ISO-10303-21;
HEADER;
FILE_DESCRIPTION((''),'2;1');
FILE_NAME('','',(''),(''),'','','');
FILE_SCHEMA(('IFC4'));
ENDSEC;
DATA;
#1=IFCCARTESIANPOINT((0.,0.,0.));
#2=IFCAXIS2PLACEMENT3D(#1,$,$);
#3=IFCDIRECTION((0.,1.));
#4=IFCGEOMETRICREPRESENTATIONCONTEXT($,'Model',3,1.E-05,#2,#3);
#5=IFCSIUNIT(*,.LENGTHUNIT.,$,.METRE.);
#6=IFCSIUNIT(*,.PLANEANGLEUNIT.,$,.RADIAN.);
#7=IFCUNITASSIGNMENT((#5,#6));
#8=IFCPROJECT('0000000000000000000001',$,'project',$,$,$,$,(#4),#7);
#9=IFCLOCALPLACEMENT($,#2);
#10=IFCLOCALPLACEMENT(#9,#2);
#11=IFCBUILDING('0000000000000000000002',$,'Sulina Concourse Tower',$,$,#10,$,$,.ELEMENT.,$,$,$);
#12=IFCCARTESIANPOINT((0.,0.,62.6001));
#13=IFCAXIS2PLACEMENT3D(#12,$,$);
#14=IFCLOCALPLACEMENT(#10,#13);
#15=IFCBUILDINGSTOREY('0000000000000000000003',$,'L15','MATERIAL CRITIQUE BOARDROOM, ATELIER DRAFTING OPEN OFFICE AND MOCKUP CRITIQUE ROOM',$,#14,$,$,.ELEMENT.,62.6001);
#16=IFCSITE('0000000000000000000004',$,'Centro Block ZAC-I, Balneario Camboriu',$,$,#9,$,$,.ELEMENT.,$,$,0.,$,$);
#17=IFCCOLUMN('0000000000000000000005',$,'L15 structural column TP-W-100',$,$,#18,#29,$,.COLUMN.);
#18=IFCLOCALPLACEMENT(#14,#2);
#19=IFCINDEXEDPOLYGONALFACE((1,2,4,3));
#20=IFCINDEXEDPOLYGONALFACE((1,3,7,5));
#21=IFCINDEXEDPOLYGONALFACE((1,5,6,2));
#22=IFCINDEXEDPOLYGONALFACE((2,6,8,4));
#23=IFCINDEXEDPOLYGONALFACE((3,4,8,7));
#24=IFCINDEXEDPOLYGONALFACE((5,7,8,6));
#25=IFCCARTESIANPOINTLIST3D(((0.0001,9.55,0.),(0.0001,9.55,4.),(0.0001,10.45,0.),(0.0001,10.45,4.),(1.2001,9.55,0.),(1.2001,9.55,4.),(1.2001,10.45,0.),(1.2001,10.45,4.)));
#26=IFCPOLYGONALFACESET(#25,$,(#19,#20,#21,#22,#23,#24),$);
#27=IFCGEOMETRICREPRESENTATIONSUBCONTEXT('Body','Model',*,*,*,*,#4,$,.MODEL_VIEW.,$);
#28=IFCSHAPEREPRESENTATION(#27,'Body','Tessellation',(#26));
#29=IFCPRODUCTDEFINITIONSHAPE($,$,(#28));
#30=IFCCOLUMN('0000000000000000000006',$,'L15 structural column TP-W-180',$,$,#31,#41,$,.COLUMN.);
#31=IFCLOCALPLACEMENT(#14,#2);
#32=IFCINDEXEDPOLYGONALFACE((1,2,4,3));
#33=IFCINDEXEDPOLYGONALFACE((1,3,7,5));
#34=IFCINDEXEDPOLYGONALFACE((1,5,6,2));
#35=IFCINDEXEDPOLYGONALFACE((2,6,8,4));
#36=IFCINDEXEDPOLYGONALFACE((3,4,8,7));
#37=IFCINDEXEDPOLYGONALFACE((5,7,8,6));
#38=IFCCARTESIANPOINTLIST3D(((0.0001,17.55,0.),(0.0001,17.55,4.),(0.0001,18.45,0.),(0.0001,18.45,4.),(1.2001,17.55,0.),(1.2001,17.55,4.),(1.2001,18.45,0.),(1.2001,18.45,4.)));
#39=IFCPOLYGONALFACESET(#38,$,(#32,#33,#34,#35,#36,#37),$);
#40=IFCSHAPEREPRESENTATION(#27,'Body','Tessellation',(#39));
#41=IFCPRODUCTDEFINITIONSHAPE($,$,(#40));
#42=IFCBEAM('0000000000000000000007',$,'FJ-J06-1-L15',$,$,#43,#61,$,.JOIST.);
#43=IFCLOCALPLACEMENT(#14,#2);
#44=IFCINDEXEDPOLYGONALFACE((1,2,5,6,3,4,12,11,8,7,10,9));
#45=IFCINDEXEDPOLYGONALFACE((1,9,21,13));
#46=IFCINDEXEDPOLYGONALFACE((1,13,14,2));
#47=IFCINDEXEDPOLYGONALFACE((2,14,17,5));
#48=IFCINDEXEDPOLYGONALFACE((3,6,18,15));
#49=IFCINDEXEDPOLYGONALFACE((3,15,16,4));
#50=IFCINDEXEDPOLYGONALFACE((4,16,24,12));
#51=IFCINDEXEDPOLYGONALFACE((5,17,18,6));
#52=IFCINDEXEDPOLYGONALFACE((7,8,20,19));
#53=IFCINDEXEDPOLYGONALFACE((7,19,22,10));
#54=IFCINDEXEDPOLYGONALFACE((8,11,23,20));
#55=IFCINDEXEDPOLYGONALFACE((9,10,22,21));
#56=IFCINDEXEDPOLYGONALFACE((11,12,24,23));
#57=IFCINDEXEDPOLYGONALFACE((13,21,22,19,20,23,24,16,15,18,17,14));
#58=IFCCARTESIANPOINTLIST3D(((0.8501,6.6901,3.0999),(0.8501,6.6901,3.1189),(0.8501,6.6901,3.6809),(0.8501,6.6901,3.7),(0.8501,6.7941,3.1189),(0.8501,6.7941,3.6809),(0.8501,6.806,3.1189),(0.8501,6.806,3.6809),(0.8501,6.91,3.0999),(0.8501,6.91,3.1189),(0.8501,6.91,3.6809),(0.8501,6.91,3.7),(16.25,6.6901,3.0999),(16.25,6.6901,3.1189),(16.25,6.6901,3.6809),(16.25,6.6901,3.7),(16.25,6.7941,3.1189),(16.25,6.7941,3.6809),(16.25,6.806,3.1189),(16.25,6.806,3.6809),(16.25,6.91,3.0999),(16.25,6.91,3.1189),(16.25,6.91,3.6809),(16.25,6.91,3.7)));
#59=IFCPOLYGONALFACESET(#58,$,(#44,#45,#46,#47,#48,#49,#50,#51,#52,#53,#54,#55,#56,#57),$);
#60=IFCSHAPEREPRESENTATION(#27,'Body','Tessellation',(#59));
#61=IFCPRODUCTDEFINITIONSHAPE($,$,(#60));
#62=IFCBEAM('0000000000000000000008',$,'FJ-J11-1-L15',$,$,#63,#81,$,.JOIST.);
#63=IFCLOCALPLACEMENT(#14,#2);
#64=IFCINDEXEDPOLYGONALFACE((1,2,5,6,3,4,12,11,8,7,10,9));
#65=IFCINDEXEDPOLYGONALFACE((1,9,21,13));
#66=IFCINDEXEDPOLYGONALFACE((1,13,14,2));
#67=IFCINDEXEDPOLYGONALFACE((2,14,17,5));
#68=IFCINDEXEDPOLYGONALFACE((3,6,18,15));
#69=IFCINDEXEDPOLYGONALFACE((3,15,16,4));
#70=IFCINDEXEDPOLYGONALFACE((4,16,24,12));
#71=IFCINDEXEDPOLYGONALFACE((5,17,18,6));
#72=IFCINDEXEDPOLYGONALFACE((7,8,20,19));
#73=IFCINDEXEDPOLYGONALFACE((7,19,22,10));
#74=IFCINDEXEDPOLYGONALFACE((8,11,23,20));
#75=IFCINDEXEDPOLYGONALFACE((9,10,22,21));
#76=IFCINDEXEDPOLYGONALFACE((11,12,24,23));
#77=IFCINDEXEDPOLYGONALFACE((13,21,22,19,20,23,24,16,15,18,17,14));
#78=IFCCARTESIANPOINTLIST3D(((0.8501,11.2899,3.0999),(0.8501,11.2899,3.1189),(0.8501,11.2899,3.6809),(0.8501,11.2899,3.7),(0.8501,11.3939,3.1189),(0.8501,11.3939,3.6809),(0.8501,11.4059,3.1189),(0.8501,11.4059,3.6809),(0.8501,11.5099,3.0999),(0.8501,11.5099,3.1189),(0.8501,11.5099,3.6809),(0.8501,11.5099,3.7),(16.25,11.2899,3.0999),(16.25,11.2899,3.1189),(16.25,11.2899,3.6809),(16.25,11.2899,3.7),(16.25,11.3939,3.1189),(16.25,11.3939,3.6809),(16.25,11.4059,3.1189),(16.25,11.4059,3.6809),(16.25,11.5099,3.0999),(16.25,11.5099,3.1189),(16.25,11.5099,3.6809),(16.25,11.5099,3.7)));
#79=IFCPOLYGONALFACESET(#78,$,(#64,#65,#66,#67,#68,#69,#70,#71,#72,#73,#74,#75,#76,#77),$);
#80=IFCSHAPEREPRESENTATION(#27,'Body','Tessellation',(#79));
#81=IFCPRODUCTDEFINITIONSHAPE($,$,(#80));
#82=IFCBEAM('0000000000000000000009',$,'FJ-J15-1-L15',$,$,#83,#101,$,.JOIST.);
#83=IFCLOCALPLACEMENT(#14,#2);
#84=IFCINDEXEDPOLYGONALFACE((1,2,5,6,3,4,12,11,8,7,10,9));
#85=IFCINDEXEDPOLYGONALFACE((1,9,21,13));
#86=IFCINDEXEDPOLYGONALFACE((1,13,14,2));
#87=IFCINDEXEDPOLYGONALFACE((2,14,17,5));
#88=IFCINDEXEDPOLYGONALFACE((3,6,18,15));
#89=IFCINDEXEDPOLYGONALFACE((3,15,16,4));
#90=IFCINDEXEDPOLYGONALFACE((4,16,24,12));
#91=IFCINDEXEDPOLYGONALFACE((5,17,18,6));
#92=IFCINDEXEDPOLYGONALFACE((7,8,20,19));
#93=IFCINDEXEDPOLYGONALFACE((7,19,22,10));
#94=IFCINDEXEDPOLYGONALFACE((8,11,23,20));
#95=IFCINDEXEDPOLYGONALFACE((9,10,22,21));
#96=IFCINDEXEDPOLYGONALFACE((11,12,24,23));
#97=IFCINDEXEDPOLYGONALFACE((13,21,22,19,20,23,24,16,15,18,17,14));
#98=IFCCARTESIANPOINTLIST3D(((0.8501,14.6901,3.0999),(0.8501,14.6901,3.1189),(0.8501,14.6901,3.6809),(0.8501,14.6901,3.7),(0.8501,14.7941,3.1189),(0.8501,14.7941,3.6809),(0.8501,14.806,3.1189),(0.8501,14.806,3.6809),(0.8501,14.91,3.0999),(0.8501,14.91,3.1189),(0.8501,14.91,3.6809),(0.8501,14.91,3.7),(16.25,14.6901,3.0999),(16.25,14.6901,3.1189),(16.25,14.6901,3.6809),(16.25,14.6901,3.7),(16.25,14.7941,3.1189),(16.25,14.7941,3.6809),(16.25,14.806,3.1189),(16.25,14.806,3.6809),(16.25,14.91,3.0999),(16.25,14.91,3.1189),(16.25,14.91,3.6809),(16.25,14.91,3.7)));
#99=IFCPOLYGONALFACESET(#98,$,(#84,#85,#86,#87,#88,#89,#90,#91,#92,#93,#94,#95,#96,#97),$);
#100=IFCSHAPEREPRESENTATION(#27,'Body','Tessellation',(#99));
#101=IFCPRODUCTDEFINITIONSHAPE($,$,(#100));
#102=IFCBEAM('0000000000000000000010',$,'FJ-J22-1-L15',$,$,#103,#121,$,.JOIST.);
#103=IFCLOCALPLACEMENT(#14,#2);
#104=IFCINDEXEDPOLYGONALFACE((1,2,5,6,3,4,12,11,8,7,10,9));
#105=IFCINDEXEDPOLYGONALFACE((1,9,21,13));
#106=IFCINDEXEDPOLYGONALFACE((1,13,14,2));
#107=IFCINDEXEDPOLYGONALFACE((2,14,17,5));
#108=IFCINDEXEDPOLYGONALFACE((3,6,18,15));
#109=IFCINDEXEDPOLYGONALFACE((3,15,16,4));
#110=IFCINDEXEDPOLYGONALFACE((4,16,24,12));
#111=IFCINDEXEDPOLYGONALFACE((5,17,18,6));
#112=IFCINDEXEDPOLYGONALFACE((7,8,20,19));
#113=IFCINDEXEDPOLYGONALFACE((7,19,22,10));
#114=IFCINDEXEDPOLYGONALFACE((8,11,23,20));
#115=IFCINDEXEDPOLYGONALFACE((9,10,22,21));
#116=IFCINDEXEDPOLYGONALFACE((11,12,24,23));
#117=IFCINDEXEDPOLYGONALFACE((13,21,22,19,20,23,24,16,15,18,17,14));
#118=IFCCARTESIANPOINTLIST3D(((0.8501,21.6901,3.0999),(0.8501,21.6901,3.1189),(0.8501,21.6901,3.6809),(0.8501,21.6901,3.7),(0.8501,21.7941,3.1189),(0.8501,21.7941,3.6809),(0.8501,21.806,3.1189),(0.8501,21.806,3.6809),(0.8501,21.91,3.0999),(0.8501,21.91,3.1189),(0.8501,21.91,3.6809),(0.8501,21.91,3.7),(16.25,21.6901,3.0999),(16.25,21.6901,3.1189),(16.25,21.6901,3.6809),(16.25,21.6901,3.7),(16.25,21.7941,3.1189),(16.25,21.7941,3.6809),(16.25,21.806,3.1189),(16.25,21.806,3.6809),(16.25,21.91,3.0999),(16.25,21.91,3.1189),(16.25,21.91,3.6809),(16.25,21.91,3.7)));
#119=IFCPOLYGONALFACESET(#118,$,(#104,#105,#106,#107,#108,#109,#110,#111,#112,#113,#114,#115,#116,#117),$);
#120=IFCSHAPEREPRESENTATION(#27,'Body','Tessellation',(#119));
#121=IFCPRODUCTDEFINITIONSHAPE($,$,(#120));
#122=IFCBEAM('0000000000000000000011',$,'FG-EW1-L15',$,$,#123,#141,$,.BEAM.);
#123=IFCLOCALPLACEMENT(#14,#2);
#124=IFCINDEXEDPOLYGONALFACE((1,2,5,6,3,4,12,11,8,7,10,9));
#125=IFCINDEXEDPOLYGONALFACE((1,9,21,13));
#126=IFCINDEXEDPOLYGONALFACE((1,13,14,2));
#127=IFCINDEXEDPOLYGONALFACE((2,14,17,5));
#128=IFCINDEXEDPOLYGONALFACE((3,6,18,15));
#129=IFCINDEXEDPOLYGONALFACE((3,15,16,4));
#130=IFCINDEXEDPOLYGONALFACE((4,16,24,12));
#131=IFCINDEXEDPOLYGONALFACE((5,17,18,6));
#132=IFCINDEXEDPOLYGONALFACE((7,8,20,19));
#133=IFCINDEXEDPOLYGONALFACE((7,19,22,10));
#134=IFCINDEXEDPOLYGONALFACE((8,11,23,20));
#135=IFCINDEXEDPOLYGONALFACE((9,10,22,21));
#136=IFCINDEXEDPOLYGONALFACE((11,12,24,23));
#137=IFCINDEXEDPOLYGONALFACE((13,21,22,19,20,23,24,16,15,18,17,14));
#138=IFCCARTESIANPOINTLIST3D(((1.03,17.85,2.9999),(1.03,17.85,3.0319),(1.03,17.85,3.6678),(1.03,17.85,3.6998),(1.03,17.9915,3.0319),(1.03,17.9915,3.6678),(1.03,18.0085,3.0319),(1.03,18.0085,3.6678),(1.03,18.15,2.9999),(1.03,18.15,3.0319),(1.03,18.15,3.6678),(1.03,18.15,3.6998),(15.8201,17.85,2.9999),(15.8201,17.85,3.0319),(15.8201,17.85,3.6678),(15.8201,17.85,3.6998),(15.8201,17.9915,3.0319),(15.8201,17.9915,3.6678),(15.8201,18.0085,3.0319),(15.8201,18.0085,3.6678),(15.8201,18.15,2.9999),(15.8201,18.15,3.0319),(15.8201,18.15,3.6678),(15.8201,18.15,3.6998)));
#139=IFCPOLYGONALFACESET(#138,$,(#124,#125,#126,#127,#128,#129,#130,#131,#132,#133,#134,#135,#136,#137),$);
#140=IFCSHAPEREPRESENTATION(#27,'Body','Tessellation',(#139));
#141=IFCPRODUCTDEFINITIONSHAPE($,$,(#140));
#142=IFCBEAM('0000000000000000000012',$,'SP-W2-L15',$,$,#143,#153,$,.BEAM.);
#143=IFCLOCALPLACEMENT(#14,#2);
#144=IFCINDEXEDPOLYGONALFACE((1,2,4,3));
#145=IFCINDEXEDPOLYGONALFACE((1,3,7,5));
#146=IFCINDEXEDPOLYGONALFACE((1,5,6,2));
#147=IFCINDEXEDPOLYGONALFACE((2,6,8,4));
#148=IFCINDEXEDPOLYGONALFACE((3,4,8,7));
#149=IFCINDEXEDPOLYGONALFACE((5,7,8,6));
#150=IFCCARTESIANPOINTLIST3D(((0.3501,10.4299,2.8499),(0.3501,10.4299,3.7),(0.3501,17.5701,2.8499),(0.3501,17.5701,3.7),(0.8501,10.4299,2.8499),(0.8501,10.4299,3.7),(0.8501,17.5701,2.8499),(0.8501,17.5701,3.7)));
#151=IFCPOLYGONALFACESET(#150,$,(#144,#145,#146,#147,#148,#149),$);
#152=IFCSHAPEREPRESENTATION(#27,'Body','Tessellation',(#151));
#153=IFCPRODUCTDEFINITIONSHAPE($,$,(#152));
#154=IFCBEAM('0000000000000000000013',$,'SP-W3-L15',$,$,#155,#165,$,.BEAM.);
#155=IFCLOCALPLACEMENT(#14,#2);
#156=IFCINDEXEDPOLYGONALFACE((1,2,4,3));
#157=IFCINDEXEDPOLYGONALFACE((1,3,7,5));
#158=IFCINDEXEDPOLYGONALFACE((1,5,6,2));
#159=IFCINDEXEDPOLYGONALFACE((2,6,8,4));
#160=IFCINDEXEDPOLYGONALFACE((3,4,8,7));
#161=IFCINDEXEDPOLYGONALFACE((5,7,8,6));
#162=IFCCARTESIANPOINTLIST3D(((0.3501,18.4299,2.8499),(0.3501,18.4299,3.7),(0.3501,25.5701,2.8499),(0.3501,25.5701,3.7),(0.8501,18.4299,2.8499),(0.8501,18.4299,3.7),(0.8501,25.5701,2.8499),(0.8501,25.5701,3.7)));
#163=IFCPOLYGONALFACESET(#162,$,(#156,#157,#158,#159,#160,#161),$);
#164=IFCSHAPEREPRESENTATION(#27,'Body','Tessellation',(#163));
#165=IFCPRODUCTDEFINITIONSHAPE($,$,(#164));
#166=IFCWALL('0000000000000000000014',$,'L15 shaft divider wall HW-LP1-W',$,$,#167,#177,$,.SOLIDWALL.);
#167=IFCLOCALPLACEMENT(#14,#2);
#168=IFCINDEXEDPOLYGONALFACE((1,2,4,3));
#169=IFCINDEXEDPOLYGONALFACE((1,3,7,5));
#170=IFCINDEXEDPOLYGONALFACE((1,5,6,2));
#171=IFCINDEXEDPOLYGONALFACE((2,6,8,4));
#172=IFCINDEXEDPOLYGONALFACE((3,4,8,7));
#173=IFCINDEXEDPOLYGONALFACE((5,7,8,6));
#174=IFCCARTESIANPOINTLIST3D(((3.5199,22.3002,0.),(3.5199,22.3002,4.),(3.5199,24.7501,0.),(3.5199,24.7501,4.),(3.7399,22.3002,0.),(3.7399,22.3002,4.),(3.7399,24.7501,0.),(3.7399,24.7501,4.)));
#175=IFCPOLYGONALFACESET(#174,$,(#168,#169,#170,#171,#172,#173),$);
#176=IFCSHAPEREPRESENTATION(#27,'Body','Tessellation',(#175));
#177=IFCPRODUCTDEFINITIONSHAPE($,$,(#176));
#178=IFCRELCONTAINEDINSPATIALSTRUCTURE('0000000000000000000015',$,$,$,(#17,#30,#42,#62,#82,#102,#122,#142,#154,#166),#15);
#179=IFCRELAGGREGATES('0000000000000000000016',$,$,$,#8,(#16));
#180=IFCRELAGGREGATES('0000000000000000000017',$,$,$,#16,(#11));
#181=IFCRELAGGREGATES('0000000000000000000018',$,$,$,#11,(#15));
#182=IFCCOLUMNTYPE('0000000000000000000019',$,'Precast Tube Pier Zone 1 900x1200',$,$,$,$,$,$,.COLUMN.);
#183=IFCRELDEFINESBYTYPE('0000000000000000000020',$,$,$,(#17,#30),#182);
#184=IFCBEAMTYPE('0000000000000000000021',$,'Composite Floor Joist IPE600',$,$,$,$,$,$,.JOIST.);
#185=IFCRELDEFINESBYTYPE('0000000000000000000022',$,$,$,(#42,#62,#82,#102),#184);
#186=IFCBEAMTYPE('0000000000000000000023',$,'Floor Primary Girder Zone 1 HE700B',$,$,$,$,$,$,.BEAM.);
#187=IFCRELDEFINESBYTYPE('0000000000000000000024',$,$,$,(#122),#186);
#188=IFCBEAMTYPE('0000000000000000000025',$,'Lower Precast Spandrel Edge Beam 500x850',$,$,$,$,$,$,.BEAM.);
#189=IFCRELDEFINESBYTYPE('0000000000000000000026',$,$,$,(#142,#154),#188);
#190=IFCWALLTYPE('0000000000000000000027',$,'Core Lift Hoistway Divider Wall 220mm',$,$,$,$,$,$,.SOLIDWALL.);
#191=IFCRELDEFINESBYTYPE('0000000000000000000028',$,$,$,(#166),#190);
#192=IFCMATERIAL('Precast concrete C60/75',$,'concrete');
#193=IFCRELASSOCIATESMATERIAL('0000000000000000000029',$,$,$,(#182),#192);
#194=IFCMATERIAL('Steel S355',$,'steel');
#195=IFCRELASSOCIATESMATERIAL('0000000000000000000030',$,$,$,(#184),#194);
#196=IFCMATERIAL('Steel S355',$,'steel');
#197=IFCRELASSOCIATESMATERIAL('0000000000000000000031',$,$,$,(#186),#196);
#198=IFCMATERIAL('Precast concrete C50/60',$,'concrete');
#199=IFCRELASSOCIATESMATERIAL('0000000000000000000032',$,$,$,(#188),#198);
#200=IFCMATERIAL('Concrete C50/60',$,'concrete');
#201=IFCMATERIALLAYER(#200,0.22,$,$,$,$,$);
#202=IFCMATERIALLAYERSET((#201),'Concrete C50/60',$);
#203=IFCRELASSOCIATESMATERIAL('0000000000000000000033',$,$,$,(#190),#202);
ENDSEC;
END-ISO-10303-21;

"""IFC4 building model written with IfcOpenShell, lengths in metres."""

from ifc_helpers import new_model, si_unit, direction, frame, frame_2d, origin, origin_2d, place, context, subcontext, project, spatial, rectangle, i_section, extrude, material, layer, layer_set, material_profile, profile_set, type_object, element, save


model = new_model("IFC4")

# Units and contexts
model_context = context("Model", 3, precision=1e-05, world=origin(), true_north=direction((0.0, 1.0)))
body_context = subcontext(model_context, "Body", "Model", "MODEL_VIEW")
ifc_project = project(units=[si_unit("LENGTHUNIT", "METRE"), si_unit("PLANEANGLEUNIT", "RADIAN")], contexts=[model_context])

# Site, building, storey
site_placement = place(None, origin())
site = spatial("IfcSite", under=ifc_project, at=site_placement, Name="Centro Block ZAC-I, Balneario Camboriu", CompositionType="ELEMENT", RefElevation=0.0)
building_placement = place(site_placement, origin())
building = spatial("IfcBuilding", under=site, at=building_placement, Name="Sulina Concourse Tower", CompositionType="ELEMENT")
storey_placement = place(building_placement, frame((0.0, 0.0, 62.6001)))
storey = spatial("IfcBuildingStorey", under=building, at=storey_placement, Name="L15", Description="MATERIAL CRITIQUE BOARDROOM, ATELIER DRAFTING OPEN OFFICE AND MOCKUP CRITIQUE ROOM", CompositionType="ELEMENT", Elevation=62.6001)

# Columns
ifc_material_1 = material(Name="Precast concrete C60/75", Category="concrete")
ifc_material_profile_1 = material_profile(ifc_material_1, rectangle(XDim=0.8999, YDim=1.2, at=origin_2d()), Name="PC 900x1200")
ifc_profile_set_1 = profile_set([ifc_material_profile_1], Name="Precast concrete C60/75")
column_type = type_object("IfcColumnType", Name="Precast Tube Pier Zone 1 900x1200", PredefinedType="COLUMN", material=ifc_profile_set_1)
for number, where, z_axis, x_axis, name in (
    (1, (0.6001, 10.0, 0.0), (0.0, 0.0, 1.0), (0.0, 1.0, 0.0), "L15 structural column TP-W-100"),
    (2, (0.6001, 18.0, 0.0), (0.0, 0.0, 1.0), (0.0, 1.0, 0.0), "L15 structural column TP-W-180"),
):
    element("IfcColumn", number, at=place(storey_placement, frame(where, z_axis=z_axis, x_axis=x_axis)), inside=storey, type_object=column_type, Name=name, PredefinedType="COLUMN", context=body_context, shape_type="SweptSolid", body=[
        extrude(rectangle(XDim=0.8999, YDim=1.2, at=origin_2d()), origin(), (0.0, 0.0, 1.0), 4.0),
    ])

# Beams
ifc_material_2 = material(Name="Steel S355", Category="steel")
ifc_material_profile_2 = material_profile(ifc_material_2, i_section(OverallWidth=0.22, OverallDepth=0.6001, WebThickness=0.012, FlangeThickness=0.019, at=origin_2d()), Name="IPE 600")
ifc_profile_set_2 = profile_set([ifc_material_profile_2], Name="Steel S355")
beam_type_1 = type_object("IfcBeamType", Name="Composite Floor Joist IPE600", PredefinedType="JOIST", material=ifc_profile_set_2)
for number, where, z_axis, x_axis, name in (
    (3, (0.8501, 6.8, 3.3999), (1.0, 0.0, 0.0), (0.0, 1.0, 0.0), "FJ-J06-1-L15"),
    (4, (0.8501, 11.3999, 3.3999), (1.0, 0.0, 0.0), (0.0, 1.0, 0.0), "FJ-J11-1-L15"),
    (5, (0.8501, 14.8, 3.3999), (1.0, 0.0, 0.0), (0.0, 1.0, 0.0), "FJ-J15-1-L15"),
    (6, (0.8501, 21.8, 3.3999), (1.0, 0.0, 0.0), (0.0, 1.0, 0.0), "FJ-J22-1-L15"),
):
    element("IfcBeam", number, at=place(storey_placement, frame(where, z_axis=z_axis, x_axis=x_axis)), inside=storey, type_object=beam_type_1, Name=name, PredefinedType="JOIST", context=body_context, shape_type="SweptSolid", body=[
        extrude(i_section(OverallWidth=0.22, OverallDepth=0.6001, WebThickness=0.012, FlangeThickness=0.019, at=origin_2d()), origin(), (0.0, 0.0, 1.0), 15.3999),
    ])
ifc_material_3 = material(Name="Steel S355", Category="steel")
ifc_material_profile_3 = material_profile(ifc_material_3, i_section(OverallWidth=0.3, OverallDepth=0.7, WebThickness=0.0171, FlangeThickness=0.032, at=origin_2d()), Name="HE 700 B")
ifc_profile_set_3 = profile_set([ifc_material_profile_3], Name="Steel S355")
beam_type_2 = type_object("IfcBeamType", Name="Floor Primary Girder Zone 1 HE700B", PredefinedType="BEAM", material=ifc_profile_set_3)
beam_placement = place(storey_placement, frame((1.03, 18.0, 3.3499), z_axis=(1.0, 0.0, 0.0), x_axis=(0.0, 1.0, 0.0)))
element("IfcBeam", 7, at=beam_placement, inside=storey, type_object=beam_type_2, Name="FG-EW1-L15", PredefinedType="BEAM", context=body_context, shape_type="SweptSolid", body=[
    extrude(i_section(OverallWidth=0.3, OverallDepth=0.7, WebThickness=0.0171, FlangeThickness=0.032, at=origin_2d()), origin(), (0.0, 0.0, 1.0), 14.79),
])
ifc_material_4 = material(Name="Precast concrete C50/60", Category="concrete")
ifc_material_profile_4 = material_profile(ifc_material_4, rectangle(XDim=0.5, YDim=0.8501, at=origin_2d()), Name="RC 500x850")
ifc_profile_set_4 = profile_set([ifc_material_profile_4], Name="Precast concrete C50/60")
beam_type_3 = type_object("IfcBeamType", Name="Lower Precast Spandrel Edge Beam 500x850", PredefinedType="BEAM", material=ifc_profile_set_4)
for number, where, z_axis, x_axis, name in (
    (8, (0.6001, 10.4299, 3.2749), (0.0, 1.0, 0.0), (-1.0, 0.0, 0.0), "SP-W2-L15"),
    (9, (0.6001, 18.4299, 3.2749), (0.0, 1.0, 0.0), (-1.0, 0.0, 0.0), "SP-W3-L15"),
):
    element("IfcBeam", number, at=place(storey_placement, frame(where, z_axis=z_axis, x_axis=x_axis)), inside=storey, type_object=beam_type_3, Name=name, PredefinedType="BEAM", context=body_context, shape_type="SweptSolid", body=[
        extrude(rectangle(XDim=0.5, YDim=0.8501, at=origin_2d()), origin(), (0.0, 0.0, 1.0), 7.1401),
    ])

# Wall
ifc_material_5 = material(Name="Concrete C50/60", Category="concrete")
ifc_layer_1 = layer(ifc_material_5, 0.22)
ifc_layer_set_1 = layer_set([ifc_layer_1], Name="Concrete C50/60")
wall_type_1 = type_object("IfcWallType", Name="Core Lift Hoistway Divider Wall 220mm", PredefinedType="SOLIDWALL", material=ifc_layer_set_1)
wall_1_placement = place(storey_placement, frame((3.6299, 22.3, 0.0), z_axis=(0.0, 0.0, 1.0), x_axis=(0.0, 1.0, 0.0)))
element("IfcWall", 10, at=wall_1_placement, inside=storey, type_object=wall_type_1, Name="L15 shaft divider wall HW-LP1-W", PredefinedType="SOLIDWALL", context=body_context, shape_type="SweptSolid", body=[
    extrude(rectangle(XDim=2.45, YDim=0.22, at=frame_2d((1.2251, 0.0))), origin(), (0.0, 0.0, 1.0), 4.0),
])

save(model, "model.ifc")
